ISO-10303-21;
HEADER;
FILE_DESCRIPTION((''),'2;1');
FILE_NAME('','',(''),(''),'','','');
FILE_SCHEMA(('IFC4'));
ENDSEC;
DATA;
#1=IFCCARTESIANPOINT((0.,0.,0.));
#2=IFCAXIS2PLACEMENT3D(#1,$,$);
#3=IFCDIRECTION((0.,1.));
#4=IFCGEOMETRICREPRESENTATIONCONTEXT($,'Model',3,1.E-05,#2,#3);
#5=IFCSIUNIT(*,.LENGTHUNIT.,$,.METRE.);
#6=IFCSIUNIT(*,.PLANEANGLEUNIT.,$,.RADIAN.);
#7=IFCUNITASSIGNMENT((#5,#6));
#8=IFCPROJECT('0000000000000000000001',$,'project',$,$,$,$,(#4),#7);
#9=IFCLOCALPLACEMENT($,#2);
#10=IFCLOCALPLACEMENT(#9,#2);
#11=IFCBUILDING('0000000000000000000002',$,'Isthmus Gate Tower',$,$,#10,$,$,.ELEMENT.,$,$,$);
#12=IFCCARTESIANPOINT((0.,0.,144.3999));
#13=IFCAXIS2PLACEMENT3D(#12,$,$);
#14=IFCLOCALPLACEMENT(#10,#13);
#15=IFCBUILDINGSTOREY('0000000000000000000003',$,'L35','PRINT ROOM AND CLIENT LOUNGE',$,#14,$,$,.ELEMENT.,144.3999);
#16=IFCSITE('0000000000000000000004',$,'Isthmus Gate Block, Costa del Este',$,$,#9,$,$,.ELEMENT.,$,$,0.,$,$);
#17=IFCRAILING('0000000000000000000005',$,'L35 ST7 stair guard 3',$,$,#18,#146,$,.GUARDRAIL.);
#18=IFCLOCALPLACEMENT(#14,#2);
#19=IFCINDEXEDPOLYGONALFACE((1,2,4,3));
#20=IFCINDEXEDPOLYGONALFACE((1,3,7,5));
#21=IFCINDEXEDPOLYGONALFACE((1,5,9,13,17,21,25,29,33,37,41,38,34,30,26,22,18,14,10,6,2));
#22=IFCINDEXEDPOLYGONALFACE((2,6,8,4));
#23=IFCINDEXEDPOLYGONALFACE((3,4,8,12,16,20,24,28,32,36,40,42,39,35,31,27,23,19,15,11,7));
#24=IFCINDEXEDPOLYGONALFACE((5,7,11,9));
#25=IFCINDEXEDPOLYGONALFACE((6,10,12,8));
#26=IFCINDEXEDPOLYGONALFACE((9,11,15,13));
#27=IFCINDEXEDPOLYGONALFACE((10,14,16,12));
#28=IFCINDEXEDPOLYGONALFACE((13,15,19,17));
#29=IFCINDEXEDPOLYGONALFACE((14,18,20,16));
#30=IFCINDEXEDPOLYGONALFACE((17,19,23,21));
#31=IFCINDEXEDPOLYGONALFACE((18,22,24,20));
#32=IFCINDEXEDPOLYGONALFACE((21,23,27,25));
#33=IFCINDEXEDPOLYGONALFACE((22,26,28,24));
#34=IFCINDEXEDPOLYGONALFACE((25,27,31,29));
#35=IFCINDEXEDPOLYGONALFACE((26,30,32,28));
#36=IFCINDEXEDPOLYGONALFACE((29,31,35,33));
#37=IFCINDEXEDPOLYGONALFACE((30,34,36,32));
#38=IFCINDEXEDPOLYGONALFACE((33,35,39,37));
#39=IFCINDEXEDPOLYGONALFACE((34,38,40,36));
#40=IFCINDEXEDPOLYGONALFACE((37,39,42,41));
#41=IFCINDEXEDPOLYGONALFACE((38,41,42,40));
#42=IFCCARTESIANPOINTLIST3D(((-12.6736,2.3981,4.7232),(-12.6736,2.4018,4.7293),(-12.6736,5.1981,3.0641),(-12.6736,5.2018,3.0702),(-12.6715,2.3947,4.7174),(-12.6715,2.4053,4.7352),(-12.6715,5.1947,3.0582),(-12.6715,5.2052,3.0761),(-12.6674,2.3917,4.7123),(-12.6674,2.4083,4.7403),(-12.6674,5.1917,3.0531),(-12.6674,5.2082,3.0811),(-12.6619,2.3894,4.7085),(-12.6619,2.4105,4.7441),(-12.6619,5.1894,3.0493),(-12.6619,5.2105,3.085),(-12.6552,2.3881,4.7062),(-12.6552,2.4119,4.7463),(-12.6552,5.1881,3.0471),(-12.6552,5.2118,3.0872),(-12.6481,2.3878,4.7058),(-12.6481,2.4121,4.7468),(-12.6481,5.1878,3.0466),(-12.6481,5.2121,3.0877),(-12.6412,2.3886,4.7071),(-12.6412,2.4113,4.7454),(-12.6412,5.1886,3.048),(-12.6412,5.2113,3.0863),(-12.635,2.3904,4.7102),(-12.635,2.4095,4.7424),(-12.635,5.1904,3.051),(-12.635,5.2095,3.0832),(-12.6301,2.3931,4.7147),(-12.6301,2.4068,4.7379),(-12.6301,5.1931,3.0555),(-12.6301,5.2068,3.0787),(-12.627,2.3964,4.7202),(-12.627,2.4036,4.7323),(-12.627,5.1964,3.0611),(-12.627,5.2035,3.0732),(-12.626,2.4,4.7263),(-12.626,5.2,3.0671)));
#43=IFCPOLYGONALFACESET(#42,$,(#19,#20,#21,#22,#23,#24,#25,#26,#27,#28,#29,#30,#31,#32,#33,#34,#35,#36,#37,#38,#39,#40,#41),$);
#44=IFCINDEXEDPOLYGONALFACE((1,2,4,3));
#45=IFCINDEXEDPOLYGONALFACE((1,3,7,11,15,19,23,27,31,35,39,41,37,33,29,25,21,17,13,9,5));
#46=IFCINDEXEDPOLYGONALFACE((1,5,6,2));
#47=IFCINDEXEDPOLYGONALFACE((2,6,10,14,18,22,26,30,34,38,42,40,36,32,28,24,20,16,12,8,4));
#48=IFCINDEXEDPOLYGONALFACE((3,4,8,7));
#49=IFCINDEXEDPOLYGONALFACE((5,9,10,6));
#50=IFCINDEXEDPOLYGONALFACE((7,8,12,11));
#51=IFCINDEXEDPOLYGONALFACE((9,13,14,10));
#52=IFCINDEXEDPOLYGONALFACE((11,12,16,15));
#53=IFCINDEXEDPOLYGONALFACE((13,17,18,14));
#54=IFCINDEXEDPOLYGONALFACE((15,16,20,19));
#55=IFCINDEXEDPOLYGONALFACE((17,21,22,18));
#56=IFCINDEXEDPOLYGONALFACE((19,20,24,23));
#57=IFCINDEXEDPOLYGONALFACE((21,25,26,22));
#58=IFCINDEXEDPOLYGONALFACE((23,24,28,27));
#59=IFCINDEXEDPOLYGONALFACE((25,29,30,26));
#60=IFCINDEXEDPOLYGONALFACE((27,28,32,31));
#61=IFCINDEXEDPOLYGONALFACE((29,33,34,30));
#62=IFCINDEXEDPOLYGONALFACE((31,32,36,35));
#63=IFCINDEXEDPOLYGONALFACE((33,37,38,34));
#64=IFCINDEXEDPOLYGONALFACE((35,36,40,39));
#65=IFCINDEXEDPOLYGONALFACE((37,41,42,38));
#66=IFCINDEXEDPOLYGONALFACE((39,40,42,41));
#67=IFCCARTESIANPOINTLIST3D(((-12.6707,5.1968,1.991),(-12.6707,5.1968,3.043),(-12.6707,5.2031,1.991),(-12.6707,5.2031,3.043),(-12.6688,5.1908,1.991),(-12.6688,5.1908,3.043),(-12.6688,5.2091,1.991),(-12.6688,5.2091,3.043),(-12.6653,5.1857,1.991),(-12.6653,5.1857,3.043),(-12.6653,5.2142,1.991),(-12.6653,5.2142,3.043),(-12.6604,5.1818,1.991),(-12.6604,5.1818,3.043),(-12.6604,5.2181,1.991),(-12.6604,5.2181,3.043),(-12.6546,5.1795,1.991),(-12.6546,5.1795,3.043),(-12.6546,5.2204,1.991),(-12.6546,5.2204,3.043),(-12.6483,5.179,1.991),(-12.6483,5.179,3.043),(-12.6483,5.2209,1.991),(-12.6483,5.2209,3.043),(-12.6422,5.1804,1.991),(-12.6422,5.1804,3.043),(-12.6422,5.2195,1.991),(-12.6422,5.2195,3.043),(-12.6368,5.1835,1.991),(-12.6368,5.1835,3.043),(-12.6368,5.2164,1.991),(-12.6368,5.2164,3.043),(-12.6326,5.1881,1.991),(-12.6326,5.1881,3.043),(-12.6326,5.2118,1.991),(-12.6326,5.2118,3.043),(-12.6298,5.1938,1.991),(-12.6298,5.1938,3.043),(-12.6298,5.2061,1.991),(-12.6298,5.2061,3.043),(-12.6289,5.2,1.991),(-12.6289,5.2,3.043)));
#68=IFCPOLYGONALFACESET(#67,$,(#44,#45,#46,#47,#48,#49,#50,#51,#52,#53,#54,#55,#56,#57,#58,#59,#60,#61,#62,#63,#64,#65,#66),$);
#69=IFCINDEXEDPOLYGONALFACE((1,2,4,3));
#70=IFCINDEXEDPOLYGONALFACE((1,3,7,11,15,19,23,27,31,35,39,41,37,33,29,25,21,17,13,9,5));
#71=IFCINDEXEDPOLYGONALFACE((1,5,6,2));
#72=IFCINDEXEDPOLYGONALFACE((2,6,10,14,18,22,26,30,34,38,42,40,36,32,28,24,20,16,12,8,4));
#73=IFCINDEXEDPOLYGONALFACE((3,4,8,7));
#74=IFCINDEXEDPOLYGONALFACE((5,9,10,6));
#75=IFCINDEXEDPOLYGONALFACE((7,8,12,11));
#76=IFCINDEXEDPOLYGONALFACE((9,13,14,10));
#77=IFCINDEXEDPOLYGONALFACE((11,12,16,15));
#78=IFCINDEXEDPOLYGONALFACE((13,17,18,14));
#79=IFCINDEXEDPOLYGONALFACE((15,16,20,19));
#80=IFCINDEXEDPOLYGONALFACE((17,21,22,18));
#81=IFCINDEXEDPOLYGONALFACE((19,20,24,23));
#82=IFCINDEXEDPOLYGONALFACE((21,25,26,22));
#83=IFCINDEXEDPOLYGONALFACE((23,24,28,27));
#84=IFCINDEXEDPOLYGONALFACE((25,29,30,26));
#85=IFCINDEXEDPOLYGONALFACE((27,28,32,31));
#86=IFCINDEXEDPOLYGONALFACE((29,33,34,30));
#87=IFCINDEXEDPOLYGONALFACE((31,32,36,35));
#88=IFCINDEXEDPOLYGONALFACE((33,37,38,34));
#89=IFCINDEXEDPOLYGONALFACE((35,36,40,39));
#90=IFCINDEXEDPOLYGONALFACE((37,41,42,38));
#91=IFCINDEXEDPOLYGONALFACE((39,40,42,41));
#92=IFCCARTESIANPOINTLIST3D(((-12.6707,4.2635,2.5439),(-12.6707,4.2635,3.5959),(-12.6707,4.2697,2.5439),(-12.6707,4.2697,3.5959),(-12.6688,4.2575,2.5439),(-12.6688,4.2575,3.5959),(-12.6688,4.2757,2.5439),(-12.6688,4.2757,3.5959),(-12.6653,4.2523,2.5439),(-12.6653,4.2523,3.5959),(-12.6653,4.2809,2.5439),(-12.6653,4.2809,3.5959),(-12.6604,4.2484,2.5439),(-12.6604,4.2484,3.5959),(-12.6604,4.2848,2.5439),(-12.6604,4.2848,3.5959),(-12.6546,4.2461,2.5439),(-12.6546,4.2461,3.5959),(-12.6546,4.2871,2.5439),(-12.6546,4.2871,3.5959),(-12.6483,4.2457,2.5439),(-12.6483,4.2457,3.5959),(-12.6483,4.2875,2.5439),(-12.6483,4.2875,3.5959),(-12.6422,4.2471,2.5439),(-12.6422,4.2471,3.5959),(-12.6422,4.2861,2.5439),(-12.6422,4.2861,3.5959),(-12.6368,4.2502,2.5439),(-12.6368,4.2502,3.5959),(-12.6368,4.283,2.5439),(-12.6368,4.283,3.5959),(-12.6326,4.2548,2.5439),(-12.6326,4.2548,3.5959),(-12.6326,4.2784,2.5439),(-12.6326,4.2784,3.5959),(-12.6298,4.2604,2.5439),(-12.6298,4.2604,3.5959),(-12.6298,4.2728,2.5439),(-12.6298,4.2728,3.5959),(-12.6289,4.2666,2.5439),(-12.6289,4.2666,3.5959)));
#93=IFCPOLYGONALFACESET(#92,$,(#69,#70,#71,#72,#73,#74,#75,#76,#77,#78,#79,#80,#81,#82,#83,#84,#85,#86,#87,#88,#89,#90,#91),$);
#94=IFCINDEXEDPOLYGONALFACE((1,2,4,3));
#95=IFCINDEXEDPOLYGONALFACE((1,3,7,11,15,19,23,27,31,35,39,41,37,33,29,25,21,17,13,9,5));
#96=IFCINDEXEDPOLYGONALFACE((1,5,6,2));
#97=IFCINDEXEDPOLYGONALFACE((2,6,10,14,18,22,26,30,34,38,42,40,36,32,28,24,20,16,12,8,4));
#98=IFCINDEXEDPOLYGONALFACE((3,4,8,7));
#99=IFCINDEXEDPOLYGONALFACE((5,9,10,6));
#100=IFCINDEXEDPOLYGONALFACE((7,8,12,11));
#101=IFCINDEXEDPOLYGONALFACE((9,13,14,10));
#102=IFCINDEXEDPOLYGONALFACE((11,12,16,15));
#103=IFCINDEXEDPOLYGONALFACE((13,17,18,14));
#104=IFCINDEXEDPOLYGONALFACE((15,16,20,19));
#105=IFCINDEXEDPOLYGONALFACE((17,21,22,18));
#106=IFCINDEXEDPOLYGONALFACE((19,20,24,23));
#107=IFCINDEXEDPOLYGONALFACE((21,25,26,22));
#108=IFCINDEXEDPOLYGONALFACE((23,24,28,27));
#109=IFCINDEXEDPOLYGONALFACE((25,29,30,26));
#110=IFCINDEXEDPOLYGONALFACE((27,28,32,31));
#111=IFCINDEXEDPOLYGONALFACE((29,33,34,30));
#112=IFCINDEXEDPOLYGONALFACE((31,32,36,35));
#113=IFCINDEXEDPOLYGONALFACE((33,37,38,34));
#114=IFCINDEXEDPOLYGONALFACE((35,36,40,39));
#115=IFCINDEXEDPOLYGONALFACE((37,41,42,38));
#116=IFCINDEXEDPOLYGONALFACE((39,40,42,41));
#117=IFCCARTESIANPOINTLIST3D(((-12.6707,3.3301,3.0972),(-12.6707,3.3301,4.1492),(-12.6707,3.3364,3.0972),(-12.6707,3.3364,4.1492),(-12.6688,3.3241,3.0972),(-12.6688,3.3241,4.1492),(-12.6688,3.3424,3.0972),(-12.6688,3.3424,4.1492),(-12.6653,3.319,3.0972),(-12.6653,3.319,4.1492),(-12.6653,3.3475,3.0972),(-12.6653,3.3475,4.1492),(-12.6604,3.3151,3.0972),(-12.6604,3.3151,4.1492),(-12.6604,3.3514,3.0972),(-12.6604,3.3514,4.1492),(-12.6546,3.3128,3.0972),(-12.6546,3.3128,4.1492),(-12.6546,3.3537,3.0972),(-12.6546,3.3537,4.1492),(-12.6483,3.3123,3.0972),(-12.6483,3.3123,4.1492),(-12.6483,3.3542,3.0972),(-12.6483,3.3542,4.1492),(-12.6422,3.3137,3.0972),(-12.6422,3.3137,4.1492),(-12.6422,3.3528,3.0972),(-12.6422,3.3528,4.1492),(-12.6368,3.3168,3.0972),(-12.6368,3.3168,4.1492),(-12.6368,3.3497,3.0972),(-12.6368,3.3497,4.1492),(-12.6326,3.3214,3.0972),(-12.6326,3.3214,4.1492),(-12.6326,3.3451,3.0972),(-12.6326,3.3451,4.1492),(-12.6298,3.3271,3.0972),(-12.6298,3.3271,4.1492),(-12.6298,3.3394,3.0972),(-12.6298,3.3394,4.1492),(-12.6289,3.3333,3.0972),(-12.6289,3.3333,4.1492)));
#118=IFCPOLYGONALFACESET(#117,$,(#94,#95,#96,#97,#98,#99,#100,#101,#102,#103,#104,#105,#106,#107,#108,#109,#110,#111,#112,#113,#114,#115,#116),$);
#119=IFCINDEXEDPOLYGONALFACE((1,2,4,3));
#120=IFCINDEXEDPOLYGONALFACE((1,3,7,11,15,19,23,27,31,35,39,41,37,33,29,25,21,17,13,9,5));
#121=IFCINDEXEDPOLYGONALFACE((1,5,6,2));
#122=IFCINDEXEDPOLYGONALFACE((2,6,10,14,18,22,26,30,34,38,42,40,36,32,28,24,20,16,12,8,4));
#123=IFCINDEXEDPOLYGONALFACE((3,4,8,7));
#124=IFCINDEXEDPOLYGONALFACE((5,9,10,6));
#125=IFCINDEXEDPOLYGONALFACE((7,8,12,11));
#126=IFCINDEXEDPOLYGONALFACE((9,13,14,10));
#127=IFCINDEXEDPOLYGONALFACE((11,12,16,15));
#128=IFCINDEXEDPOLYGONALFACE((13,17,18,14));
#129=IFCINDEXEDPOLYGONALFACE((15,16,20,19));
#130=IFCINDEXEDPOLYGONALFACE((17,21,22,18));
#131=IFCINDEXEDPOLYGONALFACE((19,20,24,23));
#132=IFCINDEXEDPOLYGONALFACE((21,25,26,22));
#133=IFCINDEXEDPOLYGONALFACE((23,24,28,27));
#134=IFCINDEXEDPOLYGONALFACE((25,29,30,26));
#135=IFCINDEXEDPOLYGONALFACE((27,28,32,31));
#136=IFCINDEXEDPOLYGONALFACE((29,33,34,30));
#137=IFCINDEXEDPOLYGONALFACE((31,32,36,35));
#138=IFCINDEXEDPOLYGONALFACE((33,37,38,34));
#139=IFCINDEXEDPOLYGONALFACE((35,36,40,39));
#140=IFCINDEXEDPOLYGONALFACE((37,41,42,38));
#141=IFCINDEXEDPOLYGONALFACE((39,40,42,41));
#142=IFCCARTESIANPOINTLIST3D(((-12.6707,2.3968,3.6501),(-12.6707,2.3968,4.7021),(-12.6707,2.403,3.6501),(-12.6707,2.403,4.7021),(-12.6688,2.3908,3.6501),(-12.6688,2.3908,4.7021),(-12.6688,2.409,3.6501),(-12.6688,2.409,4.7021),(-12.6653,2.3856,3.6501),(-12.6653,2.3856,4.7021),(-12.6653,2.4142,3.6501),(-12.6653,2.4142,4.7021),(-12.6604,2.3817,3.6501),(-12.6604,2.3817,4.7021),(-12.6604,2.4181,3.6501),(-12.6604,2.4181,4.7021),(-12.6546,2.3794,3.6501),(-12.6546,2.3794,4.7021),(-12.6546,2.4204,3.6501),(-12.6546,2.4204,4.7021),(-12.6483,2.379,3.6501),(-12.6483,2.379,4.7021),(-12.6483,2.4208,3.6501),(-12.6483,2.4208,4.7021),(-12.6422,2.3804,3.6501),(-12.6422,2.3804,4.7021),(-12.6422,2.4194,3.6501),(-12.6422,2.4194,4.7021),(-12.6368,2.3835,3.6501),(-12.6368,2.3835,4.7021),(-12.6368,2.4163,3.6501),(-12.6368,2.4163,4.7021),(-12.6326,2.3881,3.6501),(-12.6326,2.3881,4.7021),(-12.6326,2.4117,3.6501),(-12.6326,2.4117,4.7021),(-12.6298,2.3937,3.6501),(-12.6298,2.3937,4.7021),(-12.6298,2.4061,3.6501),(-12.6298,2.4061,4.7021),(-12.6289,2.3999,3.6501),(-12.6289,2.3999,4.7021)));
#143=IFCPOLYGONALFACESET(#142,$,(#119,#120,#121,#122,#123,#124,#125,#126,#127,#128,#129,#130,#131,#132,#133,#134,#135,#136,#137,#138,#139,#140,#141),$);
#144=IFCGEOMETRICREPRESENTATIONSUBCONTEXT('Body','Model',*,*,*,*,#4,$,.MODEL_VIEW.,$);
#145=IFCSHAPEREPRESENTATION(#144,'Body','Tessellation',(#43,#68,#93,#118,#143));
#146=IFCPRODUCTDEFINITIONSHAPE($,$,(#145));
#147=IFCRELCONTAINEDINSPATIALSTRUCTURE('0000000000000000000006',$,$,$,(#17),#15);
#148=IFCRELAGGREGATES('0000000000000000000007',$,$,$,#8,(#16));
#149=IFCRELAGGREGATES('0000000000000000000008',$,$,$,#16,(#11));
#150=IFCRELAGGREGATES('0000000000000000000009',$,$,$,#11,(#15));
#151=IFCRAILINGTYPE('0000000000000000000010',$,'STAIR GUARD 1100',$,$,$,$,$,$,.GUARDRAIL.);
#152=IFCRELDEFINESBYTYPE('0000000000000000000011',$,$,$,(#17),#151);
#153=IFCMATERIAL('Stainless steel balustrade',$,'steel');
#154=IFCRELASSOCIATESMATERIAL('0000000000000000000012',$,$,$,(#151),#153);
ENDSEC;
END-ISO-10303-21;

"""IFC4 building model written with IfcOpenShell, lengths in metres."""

from ifc_helpers import new_model, si_unit, direction, frame, origin, origin_2d, place, context, subcontext, project, spatial, circle, extrude, material, type_object, element, save


model = new_model("IFC4")

# Units and contexts
model_context = context("Model", 3, precision=1e-05, world=origin(), true_north=direction((0.0, 1.0)))
body_context = subcontext(model_context, "Body", "Model", "MODEL_VIEW")
ifc_project = project(units=[si_unit("LENGTHUNIT", "METRE"), si_unit("PLANEANGLEUNIT", "RADIAN")], contexts=[model_context])

# Site, building, storey
site_placement = place(None, origin())
site = spatial("IfcSite", under=ifc_project, at=site_placement, Name="Isthmus Gate Block, Costa del Este", CompositionType="ELEMENT", RefElevation=0.0)
building_placement = place(site_placement, origin())
building = spatial("IfcBuilding", under=site, at=building_placement, Name="Isthmus Gate Tower", CompositionType="ELEMENT")
storey_placement = place(building_placement, frame((0.0, 0.0, 144.3999)))
storey = spatial("IfcBuildingStorey", under=building, at=storey_placement, Name="L35", Description="PRINT ROOM AND CLIENT LOUNGE", CompositionType="ELEMENT", Elevation=144.3999)

# Railing
ifc_material_1 = material(Name="Stainless steel balustrade", Category="steel")
railing_type_1 = type_object("IfcRailingType", Name="STAIR GUARD 1100", PredefinedType="GUARDRAIL", material=ifc_material_1)
railing_1_placement = place(storey_placement, frame((-12.6499, 5.2, 1.991)))
element("IfcRailing", 1, at=railing_1_placement, inside=storey, type_object=railing_type_1, Name="L35 ST7 stair guard 3", PredefinedType="GUARDRAIL", context=body_context, shape_type="SweptSolid", body=[
    extrude(circle(Radius=0.0239, at=origin_2d()), frame((0.0, 0.0, 1.0762), z_axis=(0.0, -0.860306, 0.509778), x_axis=(1.0, 0.0, 0.0)), (0.0, 0.0, 1.0), 3.2546),
    extrude(circle(Radius=0.021, at=origin_2d()), origin(), (0.0, 0.0, 1.0), 1.052),
    extrude(circle(Radius=0.021, at=origin_2d()), frame((0.0, -0.9333, 0.553)), (0.0, 0.0, 1.0), 1.052),
    extrude(circle(Radius=0.021, at=origin_2d()), frame((0.0, -1.8667, 1.1062)), (0.0, 0.0, 1.0), 1.052),
    extrude(circle(Radius=0.021, at=origin_2d()), frame((0.0, -2.8, 1.6592)), (0.0, 0.0, 1.0), 1.052),
])

save(model, "model.ifc")
